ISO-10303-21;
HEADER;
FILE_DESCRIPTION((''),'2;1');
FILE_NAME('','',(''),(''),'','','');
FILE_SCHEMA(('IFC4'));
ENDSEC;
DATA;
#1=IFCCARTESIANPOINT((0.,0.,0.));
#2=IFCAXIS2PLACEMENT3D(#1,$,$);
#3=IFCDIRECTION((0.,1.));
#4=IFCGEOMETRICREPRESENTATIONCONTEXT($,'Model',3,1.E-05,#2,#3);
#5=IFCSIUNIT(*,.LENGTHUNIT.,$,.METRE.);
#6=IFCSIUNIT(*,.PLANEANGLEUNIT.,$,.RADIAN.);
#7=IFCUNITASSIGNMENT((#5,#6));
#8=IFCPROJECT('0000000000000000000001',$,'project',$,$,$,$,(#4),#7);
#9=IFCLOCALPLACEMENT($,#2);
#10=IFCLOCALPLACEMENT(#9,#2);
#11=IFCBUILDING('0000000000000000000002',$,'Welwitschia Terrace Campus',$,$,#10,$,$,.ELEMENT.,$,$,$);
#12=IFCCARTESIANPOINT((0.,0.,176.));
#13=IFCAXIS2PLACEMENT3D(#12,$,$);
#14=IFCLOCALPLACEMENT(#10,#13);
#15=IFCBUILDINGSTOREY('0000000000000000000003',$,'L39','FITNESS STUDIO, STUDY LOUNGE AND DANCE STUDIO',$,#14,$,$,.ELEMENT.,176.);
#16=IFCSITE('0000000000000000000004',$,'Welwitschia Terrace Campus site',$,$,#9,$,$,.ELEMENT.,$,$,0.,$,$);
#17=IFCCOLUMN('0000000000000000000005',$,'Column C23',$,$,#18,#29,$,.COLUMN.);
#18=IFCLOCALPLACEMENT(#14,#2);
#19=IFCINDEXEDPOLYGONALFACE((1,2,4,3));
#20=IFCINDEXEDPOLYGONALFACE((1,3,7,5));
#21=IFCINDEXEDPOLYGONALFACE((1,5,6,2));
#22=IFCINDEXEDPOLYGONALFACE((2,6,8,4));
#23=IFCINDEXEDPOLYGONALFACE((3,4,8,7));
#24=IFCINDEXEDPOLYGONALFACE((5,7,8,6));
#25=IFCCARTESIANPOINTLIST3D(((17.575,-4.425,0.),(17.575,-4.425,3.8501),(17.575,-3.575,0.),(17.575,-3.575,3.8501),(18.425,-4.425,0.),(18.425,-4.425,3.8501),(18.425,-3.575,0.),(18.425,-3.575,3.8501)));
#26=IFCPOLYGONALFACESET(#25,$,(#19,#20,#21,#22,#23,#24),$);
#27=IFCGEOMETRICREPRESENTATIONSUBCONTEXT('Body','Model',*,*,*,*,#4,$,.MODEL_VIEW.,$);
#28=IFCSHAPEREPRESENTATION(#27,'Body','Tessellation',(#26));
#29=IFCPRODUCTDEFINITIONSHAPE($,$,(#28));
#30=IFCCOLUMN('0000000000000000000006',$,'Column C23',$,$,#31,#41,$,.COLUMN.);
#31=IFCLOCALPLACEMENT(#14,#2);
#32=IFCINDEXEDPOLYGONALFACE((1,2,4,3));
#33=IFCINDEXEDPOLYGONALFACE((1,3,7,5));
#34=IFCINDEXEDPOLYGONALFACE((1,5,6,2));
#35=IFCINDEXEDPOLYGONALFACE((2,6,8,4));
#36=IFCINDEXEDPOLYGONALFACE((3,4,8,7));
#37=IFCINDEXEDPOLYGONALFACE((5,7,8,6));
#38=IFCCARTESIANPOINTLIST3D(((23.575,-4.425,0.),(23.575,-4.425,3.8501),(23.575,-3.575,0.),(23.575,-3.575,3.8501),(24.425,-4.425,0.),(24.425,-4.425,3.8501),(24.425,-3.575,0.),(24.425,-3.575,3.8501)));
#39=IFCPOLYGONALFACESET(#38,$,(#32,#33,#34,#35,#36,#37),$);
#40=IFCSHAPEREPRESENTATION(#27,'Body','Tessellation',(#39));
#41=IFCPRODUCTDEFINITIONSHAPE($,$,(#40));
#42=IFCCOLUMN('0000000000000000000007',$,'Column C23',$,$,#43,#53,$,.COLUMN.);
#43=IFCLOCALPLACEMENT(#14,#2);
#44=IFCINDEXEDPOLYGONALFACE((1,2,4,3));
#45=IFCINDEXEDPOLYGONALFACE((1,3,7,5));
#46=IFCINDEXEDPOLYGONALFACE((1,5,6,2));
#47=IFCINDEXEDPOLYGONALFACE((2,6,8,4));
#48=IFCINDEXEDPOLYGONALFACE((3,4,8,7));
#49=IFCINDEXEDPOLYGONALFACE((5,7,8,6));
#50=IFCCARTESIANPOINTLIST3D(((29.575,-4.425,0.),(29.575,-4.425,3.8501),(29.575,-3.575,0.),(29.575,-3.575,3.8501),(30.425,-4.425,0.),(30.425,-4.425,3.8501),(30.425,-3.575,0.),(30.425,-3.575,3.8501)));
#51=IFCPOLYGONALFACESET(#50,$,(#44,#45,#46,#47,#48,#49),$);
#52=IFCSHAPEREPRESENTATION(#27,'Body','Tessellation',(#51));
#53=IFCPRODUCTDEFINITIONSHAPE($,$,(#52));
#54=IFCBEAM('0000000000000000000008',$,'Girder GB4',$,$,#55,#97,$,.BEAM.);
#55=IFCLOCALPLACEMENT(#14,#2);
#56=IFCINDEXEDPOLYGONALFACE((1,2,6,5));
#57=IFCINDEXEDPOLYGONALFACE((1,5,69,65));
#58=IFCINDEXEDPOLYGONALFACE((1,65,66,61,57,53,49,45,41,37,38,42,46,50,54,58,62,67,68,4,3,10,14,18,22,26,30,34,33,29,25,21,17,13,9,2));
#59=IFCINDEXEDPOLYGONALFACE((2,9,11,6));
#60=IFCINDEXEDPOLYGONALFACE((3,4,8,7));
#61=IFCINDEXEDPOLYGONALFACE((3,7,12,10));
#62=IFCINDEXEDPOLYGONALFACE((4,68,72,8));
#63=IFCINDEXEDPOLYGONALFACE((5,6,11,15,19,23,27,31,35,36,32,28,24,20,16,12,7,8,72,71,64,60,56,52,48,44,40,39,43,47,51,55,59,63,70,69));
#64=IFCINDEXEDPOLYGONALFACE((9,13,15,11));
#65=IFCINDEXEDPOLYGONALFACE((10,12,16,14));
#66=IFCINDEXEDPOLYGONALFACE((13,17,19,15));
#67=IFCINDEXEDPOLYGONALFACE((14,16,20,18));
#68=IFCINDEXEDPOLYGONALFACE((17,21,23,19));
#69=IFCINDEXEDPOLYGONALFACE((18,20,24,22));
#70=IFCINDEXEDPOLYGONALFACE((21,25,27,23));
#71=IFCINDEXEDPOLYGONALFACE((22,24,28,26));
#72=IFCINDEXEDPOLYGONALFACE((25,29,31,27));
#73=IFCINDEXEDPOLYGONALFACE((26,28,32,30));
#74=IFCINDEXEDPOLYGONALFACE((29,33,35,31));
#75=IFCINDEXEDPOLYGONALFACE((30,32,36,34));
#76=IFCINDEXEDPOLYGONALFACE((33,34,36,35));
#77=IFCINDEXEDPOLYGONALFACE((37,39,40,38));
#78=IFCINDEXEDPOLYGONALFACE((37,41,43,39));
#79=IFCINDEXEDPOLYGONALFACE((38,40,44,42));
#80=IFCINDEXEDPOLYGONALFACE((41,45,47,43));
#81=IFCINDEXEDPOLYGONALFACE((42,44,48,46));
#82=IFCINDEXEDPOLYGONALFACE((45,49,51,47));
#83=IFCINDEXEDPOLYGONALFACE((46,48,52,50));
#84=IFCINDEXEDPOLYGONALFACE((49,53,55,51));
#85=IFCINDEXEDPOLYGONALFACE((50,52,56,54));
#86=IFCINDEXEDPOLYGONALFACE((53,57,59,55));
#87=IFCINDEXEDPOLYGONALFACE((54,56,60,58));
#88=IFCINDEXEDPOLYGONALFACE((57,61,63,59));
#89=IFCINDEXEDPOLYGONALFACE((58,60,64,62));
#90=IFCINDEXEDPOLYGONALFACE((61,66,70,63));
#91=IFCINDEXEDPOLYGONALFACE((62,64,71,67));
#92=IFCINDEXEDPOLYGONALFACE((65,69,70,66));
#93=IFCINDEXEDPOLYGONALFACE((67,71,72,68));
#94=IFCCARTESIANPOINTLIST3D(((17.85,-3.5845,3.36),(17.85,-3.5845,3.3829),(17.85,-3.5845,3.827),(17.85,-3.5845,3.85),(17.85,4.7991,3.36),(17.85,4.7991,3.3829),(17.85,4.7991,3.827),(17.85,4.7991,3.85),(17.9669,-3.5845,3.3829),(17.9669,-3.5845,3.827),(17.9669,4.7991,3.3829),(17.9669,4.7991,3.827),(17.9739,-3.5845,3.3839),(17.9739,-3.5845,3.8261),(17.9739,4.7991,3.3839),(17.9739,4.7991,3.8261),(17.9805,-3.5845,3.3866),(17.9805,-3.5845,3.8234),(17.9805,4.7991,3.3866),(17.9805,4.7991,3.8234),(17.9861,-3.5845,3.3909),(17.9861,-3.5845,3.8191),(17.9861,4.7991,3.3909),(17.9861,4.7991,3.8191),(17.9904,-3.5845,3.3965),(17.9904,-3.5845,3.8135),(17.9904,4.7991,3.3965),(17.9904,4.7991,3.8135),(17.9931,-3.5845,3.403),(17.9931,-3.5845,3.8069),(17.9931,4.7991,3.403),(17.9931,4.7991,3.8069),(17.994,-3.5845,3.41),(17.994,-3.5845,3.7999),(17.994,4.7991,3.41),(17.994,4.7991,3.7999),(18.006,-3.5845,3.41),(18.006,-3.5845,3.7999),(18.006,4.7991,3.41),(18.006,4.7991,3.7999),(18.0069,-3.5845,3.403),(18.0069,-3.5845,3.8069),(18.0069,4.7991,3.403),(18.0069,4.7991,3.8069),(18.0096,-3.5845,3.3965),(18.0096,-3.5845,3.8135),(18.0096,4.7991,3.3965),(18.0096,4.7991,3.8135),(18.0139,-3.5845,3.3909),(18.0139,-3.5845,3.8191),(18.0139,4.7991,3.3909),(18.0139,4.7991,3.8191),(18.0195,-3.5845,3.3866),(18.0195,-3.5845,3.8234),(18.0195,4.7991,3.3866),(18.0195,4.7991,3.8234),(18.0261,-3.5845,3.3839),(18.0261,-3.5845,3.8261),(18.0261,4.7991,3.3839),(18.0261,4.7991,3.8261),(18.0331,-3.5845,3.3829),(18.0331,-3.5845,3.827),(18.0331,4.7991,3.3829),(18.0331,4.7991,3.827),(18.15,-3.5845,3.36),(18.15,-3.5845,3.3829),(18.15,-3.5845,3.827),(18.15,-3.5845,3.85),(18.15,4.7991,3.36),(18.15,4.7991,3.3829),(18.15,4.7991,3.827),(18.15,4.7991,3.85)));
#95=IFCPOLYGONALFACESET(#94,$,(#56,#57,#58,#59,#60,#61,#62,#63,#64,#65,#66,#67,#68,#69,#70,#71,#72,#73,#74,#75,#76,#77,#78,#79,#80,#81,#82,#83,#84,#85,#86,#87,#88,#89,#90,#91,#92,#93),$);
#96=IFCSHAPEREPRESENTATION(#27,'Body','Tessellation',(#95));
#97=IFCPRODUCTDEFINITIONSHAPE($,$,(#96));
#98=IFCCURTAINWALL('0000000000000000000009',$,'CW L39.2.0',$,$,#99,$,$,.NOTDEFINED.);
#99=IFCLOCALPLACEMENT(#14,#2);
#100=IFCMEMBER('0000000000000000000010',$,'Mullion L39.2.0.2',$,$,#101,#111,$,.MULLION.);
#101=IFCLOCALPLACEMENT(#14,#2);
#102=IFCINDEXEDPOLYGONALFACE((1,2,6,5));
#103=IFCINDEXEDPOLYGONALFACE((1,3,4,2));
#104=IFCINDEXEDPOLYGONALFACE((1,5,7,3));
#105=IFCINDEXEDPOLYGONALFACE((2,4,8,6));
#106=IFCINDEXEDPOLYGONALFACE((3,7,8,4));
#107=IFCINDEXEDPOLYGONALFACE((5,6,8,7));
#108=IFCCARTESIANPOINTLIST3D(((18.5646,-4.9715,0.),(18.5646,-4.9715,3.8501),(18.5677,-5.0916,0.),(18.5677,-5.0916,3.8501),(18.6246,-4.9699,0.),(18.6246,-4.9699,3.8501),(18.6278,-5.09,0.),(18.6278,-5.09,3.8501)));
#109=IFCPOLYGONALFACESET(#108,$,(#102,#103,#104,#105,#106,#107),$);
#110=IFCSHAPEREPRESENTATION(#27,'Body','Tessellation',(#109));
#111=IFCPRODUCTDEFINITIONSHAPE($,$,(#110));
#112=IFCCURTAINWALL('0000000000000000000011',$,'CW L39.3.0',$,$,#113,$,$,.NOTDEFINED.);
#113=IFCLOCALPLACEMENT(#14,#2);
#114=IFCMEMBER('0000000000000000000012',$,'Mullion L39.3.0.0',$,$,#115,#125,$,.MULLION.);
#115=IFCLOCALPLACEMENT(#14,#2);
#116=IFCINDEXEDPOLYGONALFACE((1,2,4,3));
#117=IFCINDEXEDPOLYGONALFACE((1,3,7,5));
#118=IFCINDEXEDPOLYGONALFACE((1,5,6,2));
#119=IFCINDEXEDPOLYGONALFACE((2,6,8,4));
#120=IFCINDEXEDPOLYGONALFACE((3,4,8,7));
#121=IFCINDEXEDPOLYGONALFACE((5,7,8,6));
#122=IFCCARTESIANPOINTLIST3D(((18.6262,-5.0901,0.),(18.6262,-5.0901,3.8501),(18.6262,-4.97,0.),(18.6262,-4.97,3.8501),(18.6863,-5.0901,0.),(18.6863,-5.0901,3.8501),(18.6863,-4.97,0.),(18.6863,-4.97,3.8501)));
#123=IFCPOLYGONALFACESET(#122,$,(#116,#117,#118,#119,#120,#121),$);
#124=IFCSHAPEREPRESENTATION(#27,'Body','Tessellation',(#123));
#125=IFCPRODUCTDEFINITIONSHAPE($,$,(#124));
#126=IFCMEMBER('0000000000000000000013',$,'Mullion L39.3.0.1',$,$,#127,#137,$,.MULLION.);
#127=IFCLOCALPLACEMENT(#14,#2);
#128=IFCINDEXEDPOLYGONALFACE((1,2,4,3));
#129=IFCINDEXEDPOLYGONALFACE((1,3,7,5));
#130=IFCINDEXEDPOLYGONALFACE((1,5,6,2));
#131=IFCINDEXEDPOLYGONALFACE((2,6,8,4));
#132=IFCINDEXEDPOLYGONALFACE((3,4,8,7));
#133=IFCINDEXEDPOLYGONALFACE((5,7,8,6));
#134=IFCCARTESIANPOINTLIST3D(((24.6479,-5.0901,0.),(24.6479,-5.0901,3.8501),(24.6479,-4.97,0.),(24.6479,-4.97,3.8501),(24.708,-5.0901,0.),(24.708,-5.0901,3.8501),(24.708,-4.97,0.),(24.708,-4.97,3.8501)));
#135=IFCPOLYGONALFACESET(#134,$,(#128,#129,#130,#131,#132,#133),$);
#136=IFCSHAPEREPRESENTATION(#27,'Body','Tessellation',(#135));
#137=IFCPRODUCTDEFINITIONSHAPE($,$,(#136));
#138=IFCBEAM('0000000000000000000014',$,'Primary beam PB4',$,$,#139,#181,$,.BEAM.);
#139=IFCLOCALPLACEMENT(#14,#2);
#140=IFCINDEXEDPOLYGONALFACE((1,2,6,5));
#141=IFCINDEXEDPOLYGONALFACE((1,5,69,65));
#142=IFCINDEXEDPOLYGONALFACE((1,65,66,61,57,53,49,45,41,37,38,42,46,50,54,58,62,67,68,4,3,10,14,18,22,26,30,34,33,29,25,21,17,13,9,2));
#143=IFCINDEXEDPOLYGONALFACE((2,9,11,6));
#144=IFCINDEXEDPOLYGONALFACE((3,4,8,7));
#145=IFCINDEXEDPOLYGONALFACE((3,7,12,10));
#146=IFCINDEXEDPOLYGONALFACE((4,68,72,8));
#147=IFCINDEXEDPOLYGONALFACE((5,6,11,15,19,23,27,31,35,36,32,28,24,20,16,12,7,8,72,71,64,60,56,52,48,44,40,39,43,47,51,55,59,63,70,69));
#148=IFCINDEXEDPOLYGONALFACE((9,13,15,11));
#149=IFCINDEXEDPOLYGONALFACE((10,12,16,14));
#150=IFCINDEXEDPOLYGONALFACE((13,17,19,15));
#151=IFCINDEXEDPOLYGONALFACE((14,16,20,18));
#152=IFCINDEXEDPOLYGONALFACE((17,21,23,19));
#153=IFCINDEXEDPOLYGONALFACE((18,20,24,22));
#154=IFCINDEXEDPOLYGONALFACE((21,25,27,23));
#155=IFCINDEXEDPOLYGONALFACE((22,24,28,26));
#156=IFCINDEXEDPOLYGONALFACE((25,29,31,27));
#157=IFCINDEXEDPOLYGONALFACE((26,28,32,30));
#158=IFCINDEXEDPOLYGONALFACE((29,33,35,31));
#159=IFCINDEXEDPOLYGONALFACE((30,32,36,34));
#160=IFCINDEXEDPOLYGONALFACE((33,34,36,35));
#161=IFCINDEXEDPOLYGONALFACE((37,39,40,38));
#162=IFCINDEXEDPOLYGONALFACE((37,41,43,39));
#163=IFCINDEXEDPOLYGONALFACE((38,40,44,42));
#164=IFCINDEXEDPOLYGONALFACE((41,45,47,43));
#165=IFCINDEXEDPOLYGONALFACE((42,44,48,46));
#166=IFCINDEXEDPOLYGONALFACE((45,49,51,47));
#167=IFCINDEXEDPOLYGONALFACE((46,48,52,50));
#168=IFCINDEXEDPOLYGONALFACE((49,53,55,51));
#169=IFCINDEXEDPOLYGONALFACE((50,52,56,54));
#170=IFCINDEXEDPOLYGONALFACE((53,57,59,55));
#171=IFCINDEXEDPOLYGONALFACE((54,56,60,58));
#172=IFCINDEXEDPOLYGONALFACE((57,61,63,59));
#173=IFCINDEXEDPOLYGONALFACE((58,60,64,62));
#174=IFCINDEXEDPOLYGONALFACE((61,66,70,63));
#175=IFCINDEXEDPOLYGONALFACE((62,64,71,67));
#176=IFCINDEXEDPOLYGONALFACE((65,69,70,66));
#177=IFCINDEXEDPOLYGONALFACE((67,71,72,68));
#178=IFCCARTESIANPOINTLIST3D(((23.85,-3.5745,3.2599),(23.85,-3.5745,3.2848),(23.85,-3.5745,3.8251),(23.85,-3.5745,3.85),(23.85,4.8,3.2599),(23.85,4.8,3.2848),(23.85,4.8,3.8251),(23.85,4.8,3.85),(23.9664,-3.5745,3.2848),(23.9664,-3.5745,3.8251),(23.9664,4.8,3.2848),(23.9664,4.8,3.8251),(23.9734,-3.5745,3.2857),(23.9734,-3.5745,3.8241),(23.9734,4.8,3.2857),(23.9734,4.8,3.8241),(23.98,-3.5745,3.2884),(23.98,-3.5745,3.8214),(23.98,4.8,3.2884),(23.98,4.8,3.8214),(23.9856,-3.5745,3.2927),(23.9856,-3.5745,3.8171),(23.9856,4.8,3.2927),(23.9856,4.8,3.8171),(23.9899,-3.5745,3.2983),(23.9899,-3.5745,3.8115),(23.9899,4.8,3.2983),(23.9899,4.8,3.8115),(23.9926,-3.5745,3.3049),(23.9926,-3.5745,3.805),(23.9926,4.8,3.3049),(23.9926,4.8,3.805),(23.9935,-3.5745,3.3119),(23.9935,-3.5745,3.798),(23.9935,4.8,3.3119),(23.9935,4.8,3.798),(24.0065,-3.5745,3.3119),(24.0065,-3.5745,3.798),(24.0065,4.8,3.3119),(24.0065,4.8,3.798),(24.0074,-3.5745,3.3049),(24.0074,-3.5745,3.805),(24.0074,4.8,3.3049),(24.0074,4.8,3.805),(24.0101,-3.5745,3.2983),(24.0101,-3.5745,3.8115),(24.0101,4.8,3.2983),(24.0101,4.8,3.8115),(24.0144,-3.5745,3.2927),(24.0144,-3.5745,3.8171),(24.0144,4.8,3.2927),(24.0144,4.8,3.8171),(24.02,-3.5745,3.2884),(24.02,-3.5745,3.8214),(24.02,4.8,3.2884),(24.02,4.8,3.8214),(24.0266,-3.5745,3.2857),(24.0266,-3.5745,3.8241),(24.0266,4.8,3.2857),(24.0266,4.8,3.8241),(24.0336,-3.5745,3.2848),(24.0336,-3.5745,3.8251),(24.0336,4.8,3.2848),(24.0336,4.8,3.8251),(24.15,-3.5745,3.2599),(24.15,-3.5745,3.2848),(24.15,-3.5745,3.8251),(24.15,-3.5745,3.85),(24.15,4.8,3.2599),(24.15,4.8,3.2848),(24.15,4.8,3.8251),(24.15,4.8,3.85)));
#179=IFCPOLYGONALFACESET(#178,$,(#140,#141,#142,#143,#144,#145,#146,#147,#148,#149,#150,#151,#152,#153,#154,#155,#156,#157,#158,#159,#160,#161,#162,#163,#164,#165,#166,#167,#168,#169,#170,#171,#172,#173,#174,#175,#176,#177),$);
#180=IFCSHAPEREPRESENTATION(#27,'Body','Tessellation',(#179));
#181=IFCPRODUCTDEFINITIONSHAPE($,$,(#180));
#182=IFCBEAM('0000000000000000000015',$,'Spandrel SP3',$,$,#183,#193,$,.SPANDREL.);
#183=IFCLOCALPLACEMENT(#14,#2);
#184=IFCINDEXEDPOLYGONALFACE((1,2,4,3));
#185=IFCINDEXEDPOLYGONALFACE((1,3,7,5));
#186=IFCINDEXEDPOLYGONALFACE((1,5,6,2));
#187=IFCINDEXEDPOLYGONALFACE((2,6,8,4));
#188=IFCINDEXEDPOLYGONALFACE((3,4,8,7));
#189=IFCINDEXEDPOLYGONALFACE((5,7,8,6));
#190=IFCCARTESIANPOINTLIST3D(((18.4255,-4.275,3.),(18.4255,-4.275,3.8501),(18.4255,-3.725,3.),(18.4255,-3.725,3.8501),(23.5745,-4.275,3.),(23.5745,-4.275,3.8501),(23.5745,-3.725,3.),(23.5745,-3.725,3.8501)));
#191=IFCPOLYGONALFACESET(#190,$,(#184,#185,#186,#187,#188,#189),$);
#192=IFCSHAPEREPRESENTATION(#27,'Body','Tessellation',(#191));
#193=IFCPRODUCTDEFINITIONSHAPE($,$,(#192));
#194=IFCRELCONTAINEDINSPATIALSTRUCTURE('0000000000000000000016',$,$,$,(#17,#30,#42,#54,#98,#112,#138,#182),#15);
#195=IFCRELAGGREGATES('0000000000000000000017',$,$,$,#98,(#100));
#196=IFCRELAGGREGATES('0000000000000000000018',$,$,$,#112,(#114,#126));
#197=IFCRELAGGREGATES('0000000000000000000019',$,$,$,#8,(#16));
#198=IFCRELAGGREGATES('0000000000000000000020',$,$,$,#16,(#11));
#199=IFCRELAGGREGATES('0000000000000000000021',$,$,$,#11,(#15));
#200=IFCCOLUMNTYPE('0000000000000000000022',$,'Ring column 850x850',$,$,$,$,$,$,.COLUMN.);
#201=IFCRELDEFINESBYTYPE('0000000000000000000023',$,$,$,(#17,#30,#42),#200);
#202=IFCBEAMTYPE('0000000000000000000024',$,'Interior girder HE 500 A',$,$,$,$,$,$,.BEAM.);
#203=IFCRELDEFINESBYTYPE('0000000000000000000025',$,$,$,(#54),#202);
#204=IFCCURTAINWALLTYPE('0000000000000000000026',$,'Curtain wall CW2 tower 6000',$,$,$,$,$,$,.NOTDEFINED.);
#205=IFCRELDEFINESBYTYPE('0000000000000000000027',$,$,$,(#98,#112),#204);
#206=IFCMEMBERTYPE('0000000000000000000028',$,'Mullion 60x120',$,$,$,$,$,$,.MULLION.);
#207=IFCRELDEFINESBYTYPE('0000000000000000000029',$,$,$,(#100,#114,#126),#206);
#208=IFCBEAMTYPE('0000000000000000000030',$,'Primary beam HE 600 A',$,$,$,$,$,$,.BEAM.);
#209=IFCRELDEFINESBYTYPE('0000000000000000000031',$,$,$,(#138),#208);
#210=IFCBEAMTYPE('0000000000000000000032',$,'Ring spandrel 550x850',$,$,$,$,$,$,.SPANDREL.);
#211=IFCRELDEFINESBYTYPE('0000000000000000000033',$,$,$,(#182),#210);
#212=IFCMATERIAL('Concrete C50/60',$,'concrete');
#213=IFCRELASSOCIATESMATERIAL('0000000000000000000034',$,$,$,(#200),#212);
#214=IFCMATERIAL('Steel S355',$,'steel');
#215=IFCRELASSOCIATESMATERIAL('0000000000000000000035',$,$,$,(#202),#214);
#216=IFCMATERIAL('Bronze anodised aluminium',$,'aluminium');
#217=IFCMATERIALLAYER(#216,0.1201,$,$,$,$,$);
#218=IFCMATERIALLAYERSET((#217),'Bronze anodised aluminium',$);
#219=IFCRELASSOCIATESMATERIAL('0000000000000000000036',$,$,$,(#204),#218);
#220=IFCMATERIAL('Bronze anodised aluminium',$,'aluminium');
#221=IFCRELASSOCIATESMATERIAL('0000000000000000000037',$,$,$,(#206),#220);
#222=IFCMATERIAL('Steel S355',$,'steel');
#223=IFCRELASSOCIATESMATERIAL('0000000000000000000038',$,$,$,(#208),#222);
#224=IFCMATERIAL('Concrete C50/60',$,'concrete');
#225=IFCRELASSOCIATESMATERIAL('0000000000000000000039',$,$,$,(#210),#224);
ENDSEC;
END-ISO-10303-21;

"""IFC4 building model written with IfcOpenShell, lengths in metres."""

from ifc_helpers import new_model, si_unit, direction, frame, origin, origin_2d, place, context, subcontext, project, spatial, rectangle, i_section, extrude, material, layer, layer_set, material_profile, profile_set, type_object, element, aggregate, save


model = new_model("IFC4")

# Units and contexts
model_context = context("Model", 3, precision=1e-05, world=origin(), true_north=direction((0.0, 1.0)))
body_context = subcontext(model_context, "Body", "Model", "MODEL_VIEW")
ifc_project = project(units=[si_unit("LENGTHUNIT", "METRE"), si_unit("PLANEANGLEUNIT", "RADIAN")], contexts=[model_context])

# Site, building, storey
site_placement = place(None, origin())
site = spatial("IfcSite", under=ifc_project, at=site_placement, Name="Welwitschia Terrace Campus site", CompositionType="ELEMENT", RefElevation=0.0)
building_placement = place(site_placement, origin())
building = spatial("IfcBuilding", under=site, at=building_placement, Name="Welwitschia Terrace Campus", CompositionType="ELEMENT")
storey_placement = place(building_placement, frame((0.0, 0.0, 176.0)))
storey = spatial("IfcBuildingStorey", under=building, at=storey_placement, Name="L39", Description="FITNESS STUDIO, STUDY LOUNGE AND DANCE STUDIO", CompositionType="ELEMENT", Elevation=176.0)

# Columns
ifc_material_1 = material(Name="Concrete C50/60", Category="concrete")
ifc_material_profile_1 = material_profile(ifc_material_1, rectangle(XDim=0.8501, YDim=0.8501, at=origin_2d()))
ifc_profile_set_1 = profile_set([ifc_material_profile_1], Name="Concrete C50/60")
column_type = type_object("IfcColumnType", Name="Ring column 850x850", PredefinedType="COLUMN", material=ifc_profile_set_1)
for number, where, z_axis, x_axis, name in (
    (1, (18.0, -4.0, 0.0), (0.0, 0.0, 1.0), (1.0, 0.0, 0.0), "Column C23"),
    (2, (24.0, -4.0, 0.0), (0.0, 0.0, 1.0), (1.0, 0.0, 0.0), "Column C23"),
    (3, (30.0, -4.0, 0.0), (0.0, 0.0, 1.0), (1.0, 0.0, 0.0), "Column C23"),
):
    element("IfcColumn", number, at=place(storey_placement, frame(where, z_axis=z_axis, x_axis=x_axis)), inside=storey, type_object=column_type, Name=name, PredefinedType="COLUMN", context=body_context, shape_type="SweptSolid", body=[
        extrude(rectangle(XDim=0.8501, YDim=0.8501, at=origin_2d()), origin(), (0.0, 0.0, 1.0), 3.8501),
    ])

# Beam
ifc_material_2 = material(Name="Steel S355", Category="steel")
ifc_material_profile_2 = material_profile(ifc_material_2, i_section(OverallWidth=0.3, OverallDepth=0.49, WebThickness=0.012, FlangeThickness=0.0229, FilletRadius=0.0271, at=origin_2d()))
ifc_profile_set_2 = profile_set([ifc_material_profile_2], Name="Steel S355")
beam_type_1 = type_object("IfcBeamType", Name="Interior girder HE 500 A", PredefinedType="BEAM", material=ifc_profile_set_2)
beam_1_placement = place(storey_placement, frame((18.0, -3.5845, 3.605), z_axis=(0.0, 1.0, 0.0), x_axis=(-1.0, 0.0, 0.0)))
element("IfcBeam", 4, at=beam_1_placement, inside=storey, type_object=beam_type_1, Name="Girder GB4", PredefinedType="BEAM", context=body_context, shape_type="SweptSolid", body=[
    extrude(i_section(OverallWidth=0.3, OverallDepth=0.49, WebThickness=0.012, FlangeThickness=0.0229, FilletRadius=0.0271, at=origin_2d()), origin(), (0.0, 0.0, 1.0), 8.3835),
])

# Curtain wall, member
ifc_material_3 = material(Name="Bronze anodised aluminium", Category="aluminium")
ifc_layer_1 = layer(ifc_material_3, 0.1201)
ifc_layer_set_1 = layer_set([ifc_layer_1], Name="Bronze anodised aluminium")
curtain_wall_type = type_object("IfcCurtainWallType", Name="Curtain wall CW2 tower 6000", PredefinedType="NOTDEFINED", material=ifc_layer_set_1)
curtain_wall_1_placement = place(storey_placement, origin())
curtain_wall_1 = element("IfcCurtainWall", 5, at=curtain_wall_1_placement, inside=storey, type_object=curtain_wall_type, Name="CW L39.2.0", PredefinedType="NOTDEFINED")
ifc_material_4 = material(Name="Bronze anodised aluminium", Category="aluminium")
ifc_material_profile_3 = material_profile(ifc_material_4, rectangle(XDim=0.1201, YDim=0.0601, at=origin_2d()))
ifc_profile_set_3 = profile_set([ifc_material_profile_3], Name="Bronze anodised aluminium")
member_type_1 = type_object("IfcMemberType", Name="Mullion 60x120", PredefinedType="MULLION", material=ifc_profile_set_3)
member_1_placement = place(storey_placement, frame((18.5962, -5.0308, 0.0), z_axis=(0.0, 0.0, 1.0), x_axis=(-0.026177, 0.999657, 0.0)))
member_1 = element("IfcMember", 6, at=member_1_placement, type_object=member_type_1, Name="Mullion L39.2.0.2", PredefinedType="MULLION", context=body_context, shape_type="SweptSolid", body=[
    extrude(rectangle(XDim=0.1201, YDim=0.0601, at=origin_2d()), origin(), (0.0, 0.0, 1.0), 3.8501),
])

# Curtain wall, members
curtain_wall_2_placement = place(storey_placement, origin())
curtain_wall_2 = element("IfcCurtainWall", 7, at=curtain_wall_2_placement, inside=storey, type_object=curtain_wall_type, Name="CW L39.3.0", PredefinedType="NOTDEFINED")
member_2_placement = place(storey_placement, frame((18.6562, -5.03, 0.0), z_axis=(0.0, 0.0, 1.0), x_axis=(0.0, 1.0, 0.0)))
member_2 = element("IfcMember", 8, at=member_2_placement, type_object=member_type_1, Name="Mullion L39.3.0.0", PredefinedType="MULLION", context=body_context, shape_type="SweptSolid", body=[
    extrude(rectangle(XDim=0.1201, YDim=0.0601, at=origin_2d()), origin(), (0.0, 0.0, 1.0), 3.8501),
])
member_3_placement = place(storey_placement, frame((24.678, -5.03, 0.0), z_axis=(0.0, 0.0, 1.0), x_axis=(0.0, 1.0, 0.0)))
member_3 = element("IfcMember", 9, at=member_3_placement, type_object=member_type_1, Name="Mullion L39.3.0.1", PredefinedType="MULLION", context=body_context, shape_type="SweptSolid", body=[
    extrude(rectangle(XDim=0.1201, YDim=0.0601, at=origin_2d()), origin(), (0.0, 0.0, 1.0), 3.8501),
])

# Beams
ifc_material_5 = material(Name="Steel S355", Category="steel")
ifc_material_profile_4 = material_profile(ifc_material_5, i_section(OverallWidth=0.3, OverallDepth=0.5901, WebThickness=0.0129, FlangeThickness=0.0249, FilletRadius=0.0271, at=origin_2d()))
ifc_profile_set_4 = profile_set([ifc_material_profile_4], Name="Steel S355")
beam_type_2 = type_object("IfcBeamType", Name="Primary beam HE 600 A", PredefinedType="BEAM", material=ifc_profile_set_4)
beam_2_placement = place(storey_placement, frame((24.0, -3.5745, 3.5549), z_axis=(0.0, 1.0, 0.0), x_axis=(-1.0, 0.0, 0.0)))
element("IfcBeam", 10, at=beam_2_placement, inside=storey, type_object=beam_type_2, Name="Primary beam PB4", PredefinedType="BEAM", context=body_context, shape_type="SweptSolid", body=[
    extrude(i_section(OverallWidth=0.3, OverallDepth=0.5901, WebThickness=0.0129, FlangeThickness=0.0249, FilletRadius=0.0271, at=origin_2d()), origin(), (0.0, 0.0, 1.0), 8.3745),
])
ifc_material_6 = material(Name="Concrete C50/60", Category="concrete")
ifc_material_profile_5 = material_profile(ifc_material_6, rectangle(XDim=0.55, YDim=0.8501, at=origin_2d()))
ifc_profile_set_5 = profile_set([ifc_material_profile_5], Name="Concrete C50/60")
beam_type_3 = type_object("IfcBeamType", Name="Ring spandrel 550x850", PredefinedType="SPANDREL", material=ifc_profile_set_5)
for number, where, z_axis, x_axis, name in (
    (11, (18.4255, -4.0, 3.425), (1.0, 0.0, 0.0), (0.0, 1.0, 0.0), "Spandrel SP3"),
):
    element("IfcBeam", number, at=place(storey_placement, frame(where, z_axis=z_axis, x_axis=x_axis)), inside=storey, type_object=beam_type_3, Name=name, PredefinedType="SPANDREL", context=body_context, shape_type="SweptSolid", body=[
        extrude(rectangle(XDim=0.55, YDim=0.8501, at=origin_2d()), origin(), (0.0, 0.0, 1.0), 5.1489),
    ])

aggregate(curtain_wall_1, [member_1])
aggregate(curtain_wall_2, [member_2, member_3])

save(model, "model.ifc")
